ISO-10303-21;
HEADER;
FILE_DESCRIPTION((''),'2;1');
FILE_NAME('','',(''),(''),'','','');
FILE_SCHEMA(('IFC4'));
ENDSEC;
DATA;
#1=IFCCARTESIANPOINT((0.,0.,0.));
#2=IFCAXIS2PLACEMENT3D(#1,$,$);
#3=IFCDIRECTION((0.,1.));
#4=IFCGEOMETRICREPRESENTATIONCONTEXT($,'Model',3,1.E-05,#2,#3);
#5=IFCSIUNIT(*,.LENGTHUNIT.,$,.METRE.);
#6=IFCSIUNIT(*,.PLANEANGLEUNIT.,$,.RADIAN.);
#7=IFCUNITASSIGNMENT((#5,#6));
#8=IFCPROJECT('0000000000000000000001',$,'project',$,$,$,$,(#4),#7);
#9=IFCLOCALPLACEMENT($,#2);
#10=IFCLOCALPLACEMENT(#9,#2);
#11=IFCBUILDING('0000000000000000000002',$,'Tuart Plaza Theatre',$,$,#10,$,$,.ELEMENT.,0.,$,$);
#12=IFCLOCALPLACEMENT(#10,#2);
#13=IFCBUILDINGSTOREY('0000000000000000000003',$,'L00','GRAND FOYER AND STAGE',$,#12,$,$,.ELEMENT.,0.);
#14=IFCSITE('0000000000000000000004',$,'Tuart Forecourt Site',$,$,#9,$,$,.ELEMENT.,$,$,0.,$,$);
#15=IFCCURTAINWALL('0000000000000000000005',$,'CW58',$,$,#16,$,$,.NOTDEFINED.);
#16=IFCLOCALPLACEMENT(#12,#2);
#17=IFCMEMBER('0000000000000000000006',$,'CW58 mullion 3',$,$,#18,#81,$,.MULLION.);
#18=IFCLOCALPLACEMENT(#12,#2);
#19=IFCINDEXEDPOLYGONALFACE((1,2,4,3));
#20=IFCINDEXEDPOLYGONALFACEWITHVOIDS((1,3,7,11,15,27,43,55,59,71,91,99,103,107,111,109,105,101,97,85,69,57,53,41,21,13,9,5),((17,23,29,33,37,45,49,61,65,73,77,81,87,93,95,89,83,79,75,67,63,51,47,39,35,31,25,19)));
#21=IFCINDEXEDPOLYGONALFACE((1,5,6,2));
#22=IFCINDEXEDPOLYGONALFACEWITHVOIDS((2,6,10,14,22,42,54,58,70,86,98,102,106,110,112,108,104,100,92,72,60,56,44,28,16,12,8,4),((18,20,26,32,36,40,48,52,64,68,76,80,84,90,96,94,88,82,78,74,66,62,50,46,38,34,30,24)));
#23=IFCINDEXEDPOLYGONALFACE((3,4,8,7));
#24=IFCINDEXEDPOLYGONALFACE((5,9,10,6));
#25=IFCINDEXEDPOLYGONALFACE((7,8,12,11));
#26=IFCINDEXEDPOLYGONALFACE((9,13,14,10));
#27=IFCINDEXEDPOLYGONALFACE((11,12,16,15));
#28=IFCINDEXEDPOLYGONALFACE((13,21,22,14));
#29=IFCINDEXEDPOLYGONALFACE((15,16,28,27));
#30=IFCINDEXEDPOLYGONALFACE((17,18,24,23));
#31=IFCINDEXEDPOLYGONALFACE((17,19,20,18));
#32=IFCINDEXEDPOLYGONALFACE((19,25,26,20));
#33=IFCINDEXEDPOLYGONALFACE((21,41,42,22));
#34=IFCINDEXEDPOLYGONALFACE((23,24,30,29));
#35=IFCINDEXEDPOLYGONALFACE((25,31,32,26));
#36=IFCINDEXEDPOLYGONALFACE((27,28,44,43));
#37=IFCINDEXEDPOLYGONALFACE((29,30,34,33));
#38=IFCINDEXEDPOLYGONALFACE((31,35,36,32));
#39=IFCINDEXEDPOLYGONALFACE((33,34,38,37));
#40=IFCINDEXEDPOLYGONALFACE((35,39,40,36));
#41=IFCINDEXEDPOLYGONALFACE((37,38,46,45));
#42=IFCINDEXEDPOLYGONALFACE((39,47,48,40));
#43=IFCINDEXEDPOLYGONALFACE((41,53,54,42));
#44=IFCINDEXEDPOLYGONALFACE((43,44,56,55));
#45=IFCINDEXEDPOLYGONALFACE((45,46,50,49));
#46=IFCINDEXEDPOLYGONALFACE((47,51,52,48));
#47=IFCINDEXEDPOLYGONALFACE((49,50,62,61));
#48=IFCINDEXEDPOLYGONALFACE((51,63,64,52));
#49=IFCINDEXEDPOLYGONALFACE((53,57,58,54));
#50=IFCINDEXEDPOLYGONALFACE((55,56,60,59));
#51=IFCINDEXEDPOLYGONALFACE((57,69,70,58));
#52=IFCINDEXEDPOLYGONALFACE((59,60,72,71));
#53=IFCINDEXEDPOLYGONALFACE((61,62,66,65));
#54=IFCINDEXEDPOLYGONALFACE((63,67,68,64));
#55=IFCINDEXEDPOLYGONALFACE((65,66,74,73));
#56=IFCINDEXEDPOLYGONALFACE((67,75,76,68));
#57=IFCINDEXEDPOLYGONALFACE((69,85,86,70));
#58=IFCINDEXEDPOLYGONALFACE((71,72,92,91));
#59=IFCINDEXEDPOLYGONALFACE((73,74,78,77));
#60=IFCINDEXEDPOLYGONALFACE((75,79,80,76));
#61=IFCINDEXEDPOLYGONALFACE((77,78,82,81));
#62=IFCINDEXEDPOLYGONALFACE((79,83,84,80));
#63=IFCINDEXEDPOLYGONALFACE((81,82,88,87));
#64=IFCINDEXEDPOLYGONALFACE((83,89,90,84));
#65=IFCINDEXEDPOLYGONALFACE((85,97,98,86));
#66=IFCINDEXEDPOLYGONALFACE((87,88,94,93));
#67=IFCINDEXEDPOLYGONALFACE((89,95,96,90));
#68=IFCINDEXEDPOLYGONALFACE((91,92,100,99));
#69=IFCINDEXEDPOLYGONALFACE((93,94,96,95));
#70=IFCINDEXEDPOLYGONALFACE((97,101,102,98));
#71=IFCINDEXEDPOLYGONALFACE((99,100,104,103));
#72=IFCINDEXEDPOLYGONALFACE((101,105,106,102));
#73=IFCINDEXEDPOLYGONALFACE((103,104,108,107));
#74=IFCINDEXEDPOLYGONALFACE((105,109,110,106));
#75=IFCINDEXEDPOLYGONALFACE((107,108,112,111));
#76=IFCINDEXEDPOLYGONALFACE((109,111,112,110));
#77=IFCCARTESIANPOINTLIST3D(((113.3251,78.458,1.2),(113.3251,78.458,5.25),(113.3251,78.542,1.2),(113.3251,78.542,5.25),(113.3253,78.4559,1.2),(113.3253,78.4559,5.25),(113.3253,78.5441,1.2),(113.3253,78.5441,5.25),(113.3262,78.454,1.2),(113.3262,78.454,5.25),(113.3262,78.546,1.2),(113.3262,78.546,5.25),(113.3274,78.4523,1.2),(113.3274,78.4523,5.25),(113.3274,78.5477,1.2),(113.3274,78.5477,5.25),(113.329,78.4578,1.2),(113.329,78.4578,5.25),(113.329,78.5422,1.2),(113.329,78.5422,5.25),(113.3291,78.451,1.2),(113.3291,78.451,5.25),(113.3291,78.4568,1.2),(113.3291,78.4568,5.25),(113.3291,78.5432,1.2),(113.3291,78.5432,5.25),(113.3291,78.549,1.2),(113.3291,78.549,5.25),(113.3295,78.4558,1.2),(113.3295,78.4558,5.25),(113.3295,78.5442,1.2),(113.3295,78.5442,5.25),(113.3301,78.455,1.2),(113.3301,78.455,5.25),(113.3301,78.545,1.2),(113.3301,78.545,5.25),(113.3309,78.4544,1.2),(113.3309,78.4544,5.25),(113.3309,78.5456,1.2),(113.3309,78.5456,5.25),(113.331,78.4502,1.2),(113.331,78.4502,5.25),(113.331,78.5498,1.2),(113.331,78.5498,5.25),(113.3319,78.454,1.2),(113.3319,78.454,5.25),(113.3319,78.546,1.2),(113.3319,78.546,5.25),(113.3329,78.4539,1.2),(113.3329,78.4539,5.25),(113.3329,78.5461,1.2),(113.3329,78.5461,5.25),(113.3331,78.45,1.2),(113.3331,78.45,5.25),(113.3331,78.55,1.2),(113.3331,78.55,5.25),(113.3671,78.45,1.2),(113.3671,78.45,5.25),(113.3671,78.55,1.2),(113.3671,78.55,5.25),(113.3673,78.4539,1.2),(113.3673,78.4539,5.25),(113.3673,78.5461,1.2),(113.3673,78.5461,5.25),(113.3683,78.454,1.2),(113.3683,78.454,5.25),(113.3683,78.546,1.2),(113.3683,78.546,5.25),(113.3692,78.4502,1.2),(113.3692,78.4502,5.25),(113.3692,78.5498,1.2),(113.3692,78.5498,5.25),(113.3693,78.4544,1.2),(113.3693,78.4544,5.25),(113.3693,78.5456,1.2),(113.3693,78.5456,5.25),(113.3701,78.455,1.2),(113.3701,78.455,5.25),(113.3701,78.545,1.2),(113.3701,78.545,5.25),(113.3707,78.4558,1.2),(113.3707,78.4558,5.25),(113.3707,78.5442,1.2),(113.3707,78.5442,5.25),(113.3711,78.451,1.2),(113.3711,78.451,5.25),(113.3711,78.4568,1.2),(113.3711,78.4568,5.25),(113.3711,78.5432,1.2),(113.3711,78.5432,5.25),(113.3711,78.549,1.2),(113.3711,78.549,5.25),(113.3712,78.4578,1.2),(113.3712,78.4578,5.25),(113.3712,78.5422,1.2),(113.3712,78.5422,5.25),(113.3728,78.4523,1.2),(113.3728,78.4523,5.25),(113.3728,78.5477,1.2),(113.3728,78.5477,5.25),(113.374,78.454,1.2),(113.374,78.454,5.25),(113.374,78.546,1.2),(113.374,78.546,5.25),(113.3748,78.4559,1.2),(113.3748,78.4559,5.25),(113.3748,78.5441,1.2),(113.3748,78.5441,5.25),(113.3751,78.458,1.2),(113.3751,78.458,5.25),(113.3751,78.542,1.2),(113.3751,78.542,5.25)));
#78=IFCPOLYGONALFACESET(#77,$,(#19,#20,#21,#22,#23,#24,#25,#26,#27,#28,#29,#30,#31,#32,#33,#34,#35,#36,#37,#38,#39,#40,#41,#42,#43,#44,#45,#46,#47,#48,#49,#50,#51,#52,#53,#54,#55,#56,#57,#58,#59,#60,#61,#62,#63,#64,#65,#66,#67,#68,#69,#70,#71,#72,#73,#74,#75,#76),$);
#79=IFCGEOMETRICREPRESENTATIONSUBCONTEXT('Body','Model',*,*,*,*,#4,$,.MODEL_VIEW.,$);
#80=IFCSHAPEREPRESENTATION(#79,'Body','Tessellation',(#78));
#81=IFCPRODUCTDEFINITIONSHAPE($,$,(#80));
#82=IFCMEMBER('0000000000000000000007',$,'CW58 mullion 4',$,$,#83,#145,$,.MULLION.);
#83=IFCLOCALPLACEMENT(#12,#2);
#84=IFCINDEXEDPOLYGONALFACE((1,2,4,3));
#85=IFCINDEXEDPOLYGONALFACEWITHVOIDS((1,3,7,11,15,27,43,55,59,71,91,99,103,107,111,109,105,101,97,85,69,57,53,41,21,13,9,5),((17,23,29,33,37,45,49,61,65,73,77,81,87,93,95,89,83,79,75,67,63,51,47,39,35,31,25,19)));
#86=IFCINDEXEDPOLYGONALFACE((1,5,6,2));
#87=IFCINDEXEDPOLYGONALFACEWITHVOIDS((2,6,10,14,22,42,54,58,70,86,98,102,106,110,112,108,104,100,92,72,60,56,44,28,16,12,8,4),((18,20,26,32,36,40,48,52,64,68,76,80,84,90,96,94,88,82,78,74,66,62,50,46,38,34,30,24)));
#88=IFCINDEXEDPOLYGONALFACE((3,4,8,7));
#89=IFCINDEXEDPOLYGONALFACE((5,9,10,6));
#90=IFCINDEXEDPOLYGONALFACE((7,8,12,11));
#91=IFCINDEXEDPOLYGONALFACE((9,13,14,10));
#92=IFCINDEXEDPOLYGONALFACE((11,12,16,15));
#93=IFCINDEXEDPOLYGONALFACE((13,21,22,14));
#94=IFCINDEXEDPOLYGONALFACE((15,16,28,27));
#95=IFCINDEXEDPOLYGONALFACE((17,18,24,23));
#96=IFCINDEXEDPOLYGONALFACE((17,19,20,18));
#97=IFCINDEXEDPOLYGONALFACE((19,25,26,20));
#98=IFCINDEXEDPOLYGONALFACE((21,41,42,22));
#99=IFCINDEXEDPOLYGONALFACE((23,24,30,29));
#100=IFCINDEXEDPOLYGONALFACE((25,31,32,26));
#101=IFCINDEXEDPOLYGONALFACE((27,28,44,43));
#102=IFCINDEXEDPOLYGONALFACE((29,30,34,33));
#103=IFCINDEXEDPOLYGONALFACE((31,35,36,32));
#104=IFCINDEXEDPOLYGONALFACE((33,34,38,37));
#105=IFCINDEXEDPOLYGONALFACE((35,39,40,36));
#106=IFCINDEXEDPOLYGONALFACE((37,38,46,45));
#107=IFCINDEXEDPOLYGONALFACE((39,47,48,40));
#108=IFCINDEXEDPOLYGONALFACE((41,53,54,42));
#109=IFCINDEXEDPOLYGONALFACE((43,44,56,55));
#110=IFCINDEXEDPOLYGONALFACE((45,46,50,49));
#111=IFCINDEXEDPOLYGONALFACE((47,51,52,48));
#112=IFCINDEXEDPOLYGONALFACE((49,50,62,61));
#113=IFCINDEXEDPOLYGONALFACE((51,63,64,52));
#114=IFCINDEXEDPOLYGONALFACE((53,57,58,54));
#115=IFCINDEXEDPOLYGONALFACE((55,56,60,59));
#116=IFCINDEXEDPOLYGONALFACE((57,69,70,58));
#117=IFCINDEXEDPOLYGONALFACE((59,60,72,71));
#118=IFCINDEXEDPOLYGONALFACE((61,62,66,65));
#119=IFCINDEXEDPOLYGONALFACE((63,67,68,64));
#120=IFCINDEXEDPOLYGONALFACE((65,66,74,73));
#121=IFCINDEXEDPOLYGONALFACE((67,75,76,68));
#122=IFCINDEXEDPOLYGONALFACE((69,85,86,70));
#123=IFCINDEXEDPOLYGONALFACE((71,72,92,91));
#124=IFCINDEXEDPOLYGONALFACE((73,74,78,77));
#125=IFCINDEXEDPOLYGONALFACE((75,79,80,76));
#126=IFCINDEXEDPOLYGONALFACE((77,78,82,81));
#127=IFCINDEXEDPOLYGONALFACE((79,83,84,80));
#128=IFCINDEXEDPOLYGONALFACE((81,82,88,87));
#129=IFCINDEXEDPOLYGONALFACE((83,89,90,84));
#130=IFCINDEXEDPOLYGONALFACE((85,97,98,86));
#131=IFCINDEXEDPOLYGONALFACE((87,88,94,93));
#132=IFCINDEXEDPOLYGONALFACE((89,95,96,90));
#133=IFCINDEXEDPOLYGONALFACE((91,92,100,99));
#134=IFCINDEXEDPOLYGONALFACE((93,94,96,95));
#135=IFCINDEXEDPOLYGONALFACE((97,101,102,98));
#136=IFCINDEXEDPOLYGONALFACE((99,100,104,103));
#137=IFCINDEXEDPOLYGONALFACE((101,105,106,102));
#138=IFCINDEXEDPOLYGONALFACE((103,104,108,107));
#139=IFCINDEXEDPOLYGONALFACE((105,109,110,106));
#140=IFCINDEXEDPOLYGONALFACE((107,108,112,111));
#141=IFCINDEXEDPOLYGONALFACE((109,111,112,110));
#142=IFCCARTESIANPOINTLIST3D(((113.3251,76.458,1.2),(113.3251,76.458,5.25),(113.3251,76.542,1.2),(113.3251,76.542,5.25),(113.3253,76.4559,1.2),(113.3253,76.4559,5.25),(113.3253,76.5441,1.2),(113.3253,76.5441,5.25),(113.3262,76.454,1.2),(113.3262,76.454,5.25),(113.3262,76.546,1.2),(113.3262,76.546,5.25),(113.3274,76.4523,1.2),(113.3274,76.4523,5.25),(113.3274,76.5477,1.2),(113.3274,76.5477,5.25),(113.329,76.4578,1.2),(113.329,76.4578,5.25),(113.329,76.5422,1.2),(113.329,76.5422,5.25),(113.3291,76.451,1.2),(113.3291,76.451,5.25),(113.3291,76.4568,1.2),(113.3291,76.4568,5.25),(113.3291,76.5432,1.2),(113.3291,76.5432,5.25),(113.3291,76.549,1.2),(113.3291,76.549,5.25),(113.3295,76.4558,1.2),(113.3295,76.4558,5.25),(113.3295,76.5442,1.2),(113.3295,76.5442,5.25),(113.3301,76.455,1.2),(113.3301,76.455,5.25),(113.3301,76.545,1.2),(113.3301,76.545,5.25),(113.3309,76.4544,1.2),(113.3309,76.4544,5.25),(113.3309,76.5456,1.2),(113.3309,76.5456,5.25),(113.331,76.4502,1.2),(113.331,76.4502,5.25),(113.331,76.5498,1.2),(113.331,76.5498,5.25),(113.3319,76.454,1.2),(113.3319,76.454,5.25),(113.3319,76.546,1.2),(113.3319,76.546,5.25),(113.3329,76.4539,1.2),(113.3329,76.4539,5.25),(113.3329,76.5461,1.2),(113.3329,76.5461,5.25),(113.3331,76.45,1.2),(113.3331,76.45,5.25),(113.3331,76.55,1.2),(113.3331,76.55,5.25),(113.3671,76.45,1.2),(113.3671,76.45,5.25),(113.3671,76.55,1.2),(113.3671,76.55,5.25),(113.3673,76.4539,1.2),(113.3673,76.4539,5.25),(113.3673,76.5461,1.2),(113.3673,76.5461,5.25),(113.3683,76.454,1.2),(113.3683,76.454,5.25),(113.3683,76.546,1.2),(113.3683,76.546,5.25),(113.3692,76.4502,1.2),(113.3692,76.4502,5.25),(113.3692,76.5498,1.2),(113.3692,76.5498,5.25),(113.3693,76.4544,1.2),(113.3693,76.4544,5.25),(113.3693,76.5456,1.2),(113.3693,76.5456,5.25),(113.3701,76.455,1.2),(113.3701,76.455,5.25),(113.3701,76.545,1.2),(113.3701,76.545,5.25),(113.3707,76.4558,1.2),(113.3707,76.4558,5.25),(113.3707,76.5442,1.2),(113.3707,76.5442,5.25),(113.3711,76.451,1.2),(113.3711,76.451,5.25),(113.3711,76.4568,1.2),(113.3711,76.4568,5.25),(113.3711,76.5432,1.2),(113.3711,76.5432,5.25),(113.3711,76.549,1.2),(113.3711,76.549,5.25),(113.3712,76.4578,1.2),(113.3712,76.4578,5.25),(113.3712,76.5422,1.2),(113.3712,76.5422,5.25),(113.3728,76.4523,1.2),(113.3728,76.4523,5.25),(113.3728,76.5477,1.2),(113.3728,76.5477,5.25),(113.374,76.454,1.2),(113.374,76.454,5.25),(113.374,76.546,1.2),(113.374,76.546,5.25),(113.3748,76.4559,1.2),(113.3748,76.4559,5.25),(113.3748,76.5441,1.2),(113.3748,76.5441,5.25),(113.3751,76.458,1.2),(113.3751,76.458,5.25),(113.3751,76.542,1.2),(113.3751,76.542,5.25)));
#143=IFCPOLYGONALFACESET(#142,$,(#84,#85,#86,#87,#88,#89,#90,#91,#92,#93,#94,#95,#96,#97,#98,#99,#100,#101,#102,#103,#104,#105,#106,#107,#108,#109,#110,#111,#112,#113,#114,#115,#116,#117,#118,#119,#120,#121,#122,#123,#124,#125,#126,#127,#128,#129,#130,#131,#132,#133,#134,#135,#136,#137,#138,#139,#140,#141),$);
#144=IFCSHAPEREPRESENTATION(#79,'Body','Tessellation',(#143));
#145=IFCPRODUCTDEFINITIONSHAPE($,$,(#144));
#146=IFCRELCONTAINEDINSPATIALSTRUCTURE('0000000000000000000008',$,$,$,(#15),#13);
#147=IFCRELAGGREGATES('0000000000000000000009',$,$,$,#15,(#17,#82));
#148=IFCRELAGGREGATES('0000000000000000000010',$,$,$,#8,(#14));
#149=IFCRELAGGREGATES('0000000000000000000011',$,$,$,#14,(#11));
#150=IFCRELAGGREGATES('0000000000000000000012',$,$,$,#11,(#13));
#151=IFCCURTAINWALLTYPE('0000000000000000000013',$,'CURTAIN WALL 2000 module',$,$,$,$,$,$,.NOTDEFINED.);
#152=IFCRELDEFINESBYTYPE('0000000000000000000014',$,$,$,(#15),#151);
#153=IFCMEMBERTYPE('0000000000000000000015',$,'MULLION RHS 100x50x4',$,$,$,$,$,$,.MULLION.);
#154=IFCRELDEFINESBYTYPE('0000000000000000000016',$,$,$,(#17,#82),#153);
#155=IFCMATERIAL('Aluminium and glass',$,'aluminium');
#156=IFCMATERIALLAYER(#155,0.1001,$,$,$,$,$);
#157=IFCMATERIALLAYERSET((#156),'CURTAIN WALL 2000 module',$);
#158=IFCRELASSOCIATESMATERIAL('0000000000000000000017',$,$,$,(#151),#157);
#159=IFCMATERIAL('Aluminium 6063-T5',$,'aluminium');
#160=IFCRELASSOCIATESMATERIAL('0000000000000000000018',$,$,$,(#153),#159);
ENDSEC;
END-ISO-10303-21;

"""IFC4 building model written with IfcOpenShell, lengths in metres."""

from ifc_helpers import new_model, si_unit, direction, frame, origin, origin_2d, place, context, subcontext, project, spatial, hollow_rectangle, extrude, material, layer, layer_set, material_profile, profile_set, type_object, element, aggregate, save


model = new_model("IFC4")

# Units and contexts
model_context = context("Model", 3, precision=1e-05, world=origin(), true_north=direction((0.0, 1.0)))
body_context = subcontext(model_context, "Body", "Model", "MODEL_VIEW")
ifc_project = project(units=[si_unit("LENGTHUNIT", "METRE"), si_unit("PLANEANGLEUNIT", "RADIAN")], contexts=[model_context])

# Site, building, storey
site_placement = place(None, origin())
site = spatial("IfcSite", under=ifc_project, at=site_placement, Name="Tuart Forecourt Site", CompositionType="ELEMENT", RefElevation=0.0)
building_placement = place(site_placement, origin())
building = spatial("IfcBuilding", under=site, at=building_placement, Name="Tuart Plaza Theatre", CompositionType="ELEMENT", ElevationOfRefHeight=0.0)
storey_placement = place(building_placement, origin())
storey = spatial("IfcBuildingStorey", under=building, at=storey_placement, Name="L00", Description="GRAND FOYER AND STAGE", CompositionType="ELEMENT", Elevation=0.0)

# Curtain wall, members
ifc_material_1 = material(Name="Aluminium and glass", Category="aluminium")
ifc_layer_1 = layer(ifc_material_1, 0.1001)
ifc_layer_set_1 = layer_set([ifc_layer_1], Name="CURTAIN WALL 2000 module")
curtain_wall_type = type_object("IfcCurtainWallType", Name="CURTAIN WALL 2000 module", PredefinedType="NOTDEFINED", material=ifc_layer_set_1)
curtain_wall_placement = place(storey_placement, origin())
curtain_wall = element("IfcCurtainWall", 1, at=curtain_wall_placement, inside=storey, type_object=curtain_wall_type, Name="CW58", PredefinedType="NOTDEFINED")
ifc_material_2 = material(Name="Aluminium 6063-T5", Category="aluminium")
ifc_material_profile_1 = material_profile(ifc_material_2, hollow_rectangle(XDim=0.05, YDim=0.1001, WallThickness=0.0039, InnerFilletRadius=0.0039, OuterFilletRadius=0.0081, at=origin_2d()), Name="RHS 100x50x4")
ifc_profile_set_1 = profile_set([ifc_material_profile_1], Name="Aluminium 6063-T5")
member_type_1 = type_object("IfcMemberType", Name="MULLION RHS 100x50x4", PredefinedType="MULLION", material=ifc_profile_set_1)
member_1_placement = place(storey_placement, frame((113.3501, 78.5, 1.2), z_axis=(0.0, 0.0, 1.0), x_axis=(1.0, 0.0, 0.0)))
member_1 = element("IfcMember", 2, at=member_1_placement, type_object=member_type_1, Name="CW58 mullion 3", PredefinedType="MULLION", context=body_context, shape_type="SweptSolid", body=[
    extrude(hollow_rectangle(XDim=0.05, YDim=0.1001, WallThickness=0.0039, InnerFilletRadius=0.0039, OuterFilletRadius=0.0081, at=origin_2d()), origin(), (0.0, 0.0, 1.0), 4.05),
])
member_2_placement = place(storey_placement, frame((113.3501, 76.5, 1.2), z_axis=(0.0, 0.0, 1.0), x_axis=(1.0, 0.0, 0.0)))
member_2 = element("IfcMember", 3, at=member_2_placement, type_object=member_type_1, Name="CW58 mullion 4", PredefinedType="MULLION", context=body_context, shape_type="SweptSolid", body=[
    extrude(hollow_rectangle(XDim=0.05, YDim=0.1001, WallThickness=0.0039, InnerFilletRadius=0.0039, OuterFilletRadius=0.0081, at=origin_2d()), origin(), (0.0, 0.0, 1.0), 4.05),
])
aggregate(curtain_wall, [member_1, member_2])

save(model, "model.ifc")
